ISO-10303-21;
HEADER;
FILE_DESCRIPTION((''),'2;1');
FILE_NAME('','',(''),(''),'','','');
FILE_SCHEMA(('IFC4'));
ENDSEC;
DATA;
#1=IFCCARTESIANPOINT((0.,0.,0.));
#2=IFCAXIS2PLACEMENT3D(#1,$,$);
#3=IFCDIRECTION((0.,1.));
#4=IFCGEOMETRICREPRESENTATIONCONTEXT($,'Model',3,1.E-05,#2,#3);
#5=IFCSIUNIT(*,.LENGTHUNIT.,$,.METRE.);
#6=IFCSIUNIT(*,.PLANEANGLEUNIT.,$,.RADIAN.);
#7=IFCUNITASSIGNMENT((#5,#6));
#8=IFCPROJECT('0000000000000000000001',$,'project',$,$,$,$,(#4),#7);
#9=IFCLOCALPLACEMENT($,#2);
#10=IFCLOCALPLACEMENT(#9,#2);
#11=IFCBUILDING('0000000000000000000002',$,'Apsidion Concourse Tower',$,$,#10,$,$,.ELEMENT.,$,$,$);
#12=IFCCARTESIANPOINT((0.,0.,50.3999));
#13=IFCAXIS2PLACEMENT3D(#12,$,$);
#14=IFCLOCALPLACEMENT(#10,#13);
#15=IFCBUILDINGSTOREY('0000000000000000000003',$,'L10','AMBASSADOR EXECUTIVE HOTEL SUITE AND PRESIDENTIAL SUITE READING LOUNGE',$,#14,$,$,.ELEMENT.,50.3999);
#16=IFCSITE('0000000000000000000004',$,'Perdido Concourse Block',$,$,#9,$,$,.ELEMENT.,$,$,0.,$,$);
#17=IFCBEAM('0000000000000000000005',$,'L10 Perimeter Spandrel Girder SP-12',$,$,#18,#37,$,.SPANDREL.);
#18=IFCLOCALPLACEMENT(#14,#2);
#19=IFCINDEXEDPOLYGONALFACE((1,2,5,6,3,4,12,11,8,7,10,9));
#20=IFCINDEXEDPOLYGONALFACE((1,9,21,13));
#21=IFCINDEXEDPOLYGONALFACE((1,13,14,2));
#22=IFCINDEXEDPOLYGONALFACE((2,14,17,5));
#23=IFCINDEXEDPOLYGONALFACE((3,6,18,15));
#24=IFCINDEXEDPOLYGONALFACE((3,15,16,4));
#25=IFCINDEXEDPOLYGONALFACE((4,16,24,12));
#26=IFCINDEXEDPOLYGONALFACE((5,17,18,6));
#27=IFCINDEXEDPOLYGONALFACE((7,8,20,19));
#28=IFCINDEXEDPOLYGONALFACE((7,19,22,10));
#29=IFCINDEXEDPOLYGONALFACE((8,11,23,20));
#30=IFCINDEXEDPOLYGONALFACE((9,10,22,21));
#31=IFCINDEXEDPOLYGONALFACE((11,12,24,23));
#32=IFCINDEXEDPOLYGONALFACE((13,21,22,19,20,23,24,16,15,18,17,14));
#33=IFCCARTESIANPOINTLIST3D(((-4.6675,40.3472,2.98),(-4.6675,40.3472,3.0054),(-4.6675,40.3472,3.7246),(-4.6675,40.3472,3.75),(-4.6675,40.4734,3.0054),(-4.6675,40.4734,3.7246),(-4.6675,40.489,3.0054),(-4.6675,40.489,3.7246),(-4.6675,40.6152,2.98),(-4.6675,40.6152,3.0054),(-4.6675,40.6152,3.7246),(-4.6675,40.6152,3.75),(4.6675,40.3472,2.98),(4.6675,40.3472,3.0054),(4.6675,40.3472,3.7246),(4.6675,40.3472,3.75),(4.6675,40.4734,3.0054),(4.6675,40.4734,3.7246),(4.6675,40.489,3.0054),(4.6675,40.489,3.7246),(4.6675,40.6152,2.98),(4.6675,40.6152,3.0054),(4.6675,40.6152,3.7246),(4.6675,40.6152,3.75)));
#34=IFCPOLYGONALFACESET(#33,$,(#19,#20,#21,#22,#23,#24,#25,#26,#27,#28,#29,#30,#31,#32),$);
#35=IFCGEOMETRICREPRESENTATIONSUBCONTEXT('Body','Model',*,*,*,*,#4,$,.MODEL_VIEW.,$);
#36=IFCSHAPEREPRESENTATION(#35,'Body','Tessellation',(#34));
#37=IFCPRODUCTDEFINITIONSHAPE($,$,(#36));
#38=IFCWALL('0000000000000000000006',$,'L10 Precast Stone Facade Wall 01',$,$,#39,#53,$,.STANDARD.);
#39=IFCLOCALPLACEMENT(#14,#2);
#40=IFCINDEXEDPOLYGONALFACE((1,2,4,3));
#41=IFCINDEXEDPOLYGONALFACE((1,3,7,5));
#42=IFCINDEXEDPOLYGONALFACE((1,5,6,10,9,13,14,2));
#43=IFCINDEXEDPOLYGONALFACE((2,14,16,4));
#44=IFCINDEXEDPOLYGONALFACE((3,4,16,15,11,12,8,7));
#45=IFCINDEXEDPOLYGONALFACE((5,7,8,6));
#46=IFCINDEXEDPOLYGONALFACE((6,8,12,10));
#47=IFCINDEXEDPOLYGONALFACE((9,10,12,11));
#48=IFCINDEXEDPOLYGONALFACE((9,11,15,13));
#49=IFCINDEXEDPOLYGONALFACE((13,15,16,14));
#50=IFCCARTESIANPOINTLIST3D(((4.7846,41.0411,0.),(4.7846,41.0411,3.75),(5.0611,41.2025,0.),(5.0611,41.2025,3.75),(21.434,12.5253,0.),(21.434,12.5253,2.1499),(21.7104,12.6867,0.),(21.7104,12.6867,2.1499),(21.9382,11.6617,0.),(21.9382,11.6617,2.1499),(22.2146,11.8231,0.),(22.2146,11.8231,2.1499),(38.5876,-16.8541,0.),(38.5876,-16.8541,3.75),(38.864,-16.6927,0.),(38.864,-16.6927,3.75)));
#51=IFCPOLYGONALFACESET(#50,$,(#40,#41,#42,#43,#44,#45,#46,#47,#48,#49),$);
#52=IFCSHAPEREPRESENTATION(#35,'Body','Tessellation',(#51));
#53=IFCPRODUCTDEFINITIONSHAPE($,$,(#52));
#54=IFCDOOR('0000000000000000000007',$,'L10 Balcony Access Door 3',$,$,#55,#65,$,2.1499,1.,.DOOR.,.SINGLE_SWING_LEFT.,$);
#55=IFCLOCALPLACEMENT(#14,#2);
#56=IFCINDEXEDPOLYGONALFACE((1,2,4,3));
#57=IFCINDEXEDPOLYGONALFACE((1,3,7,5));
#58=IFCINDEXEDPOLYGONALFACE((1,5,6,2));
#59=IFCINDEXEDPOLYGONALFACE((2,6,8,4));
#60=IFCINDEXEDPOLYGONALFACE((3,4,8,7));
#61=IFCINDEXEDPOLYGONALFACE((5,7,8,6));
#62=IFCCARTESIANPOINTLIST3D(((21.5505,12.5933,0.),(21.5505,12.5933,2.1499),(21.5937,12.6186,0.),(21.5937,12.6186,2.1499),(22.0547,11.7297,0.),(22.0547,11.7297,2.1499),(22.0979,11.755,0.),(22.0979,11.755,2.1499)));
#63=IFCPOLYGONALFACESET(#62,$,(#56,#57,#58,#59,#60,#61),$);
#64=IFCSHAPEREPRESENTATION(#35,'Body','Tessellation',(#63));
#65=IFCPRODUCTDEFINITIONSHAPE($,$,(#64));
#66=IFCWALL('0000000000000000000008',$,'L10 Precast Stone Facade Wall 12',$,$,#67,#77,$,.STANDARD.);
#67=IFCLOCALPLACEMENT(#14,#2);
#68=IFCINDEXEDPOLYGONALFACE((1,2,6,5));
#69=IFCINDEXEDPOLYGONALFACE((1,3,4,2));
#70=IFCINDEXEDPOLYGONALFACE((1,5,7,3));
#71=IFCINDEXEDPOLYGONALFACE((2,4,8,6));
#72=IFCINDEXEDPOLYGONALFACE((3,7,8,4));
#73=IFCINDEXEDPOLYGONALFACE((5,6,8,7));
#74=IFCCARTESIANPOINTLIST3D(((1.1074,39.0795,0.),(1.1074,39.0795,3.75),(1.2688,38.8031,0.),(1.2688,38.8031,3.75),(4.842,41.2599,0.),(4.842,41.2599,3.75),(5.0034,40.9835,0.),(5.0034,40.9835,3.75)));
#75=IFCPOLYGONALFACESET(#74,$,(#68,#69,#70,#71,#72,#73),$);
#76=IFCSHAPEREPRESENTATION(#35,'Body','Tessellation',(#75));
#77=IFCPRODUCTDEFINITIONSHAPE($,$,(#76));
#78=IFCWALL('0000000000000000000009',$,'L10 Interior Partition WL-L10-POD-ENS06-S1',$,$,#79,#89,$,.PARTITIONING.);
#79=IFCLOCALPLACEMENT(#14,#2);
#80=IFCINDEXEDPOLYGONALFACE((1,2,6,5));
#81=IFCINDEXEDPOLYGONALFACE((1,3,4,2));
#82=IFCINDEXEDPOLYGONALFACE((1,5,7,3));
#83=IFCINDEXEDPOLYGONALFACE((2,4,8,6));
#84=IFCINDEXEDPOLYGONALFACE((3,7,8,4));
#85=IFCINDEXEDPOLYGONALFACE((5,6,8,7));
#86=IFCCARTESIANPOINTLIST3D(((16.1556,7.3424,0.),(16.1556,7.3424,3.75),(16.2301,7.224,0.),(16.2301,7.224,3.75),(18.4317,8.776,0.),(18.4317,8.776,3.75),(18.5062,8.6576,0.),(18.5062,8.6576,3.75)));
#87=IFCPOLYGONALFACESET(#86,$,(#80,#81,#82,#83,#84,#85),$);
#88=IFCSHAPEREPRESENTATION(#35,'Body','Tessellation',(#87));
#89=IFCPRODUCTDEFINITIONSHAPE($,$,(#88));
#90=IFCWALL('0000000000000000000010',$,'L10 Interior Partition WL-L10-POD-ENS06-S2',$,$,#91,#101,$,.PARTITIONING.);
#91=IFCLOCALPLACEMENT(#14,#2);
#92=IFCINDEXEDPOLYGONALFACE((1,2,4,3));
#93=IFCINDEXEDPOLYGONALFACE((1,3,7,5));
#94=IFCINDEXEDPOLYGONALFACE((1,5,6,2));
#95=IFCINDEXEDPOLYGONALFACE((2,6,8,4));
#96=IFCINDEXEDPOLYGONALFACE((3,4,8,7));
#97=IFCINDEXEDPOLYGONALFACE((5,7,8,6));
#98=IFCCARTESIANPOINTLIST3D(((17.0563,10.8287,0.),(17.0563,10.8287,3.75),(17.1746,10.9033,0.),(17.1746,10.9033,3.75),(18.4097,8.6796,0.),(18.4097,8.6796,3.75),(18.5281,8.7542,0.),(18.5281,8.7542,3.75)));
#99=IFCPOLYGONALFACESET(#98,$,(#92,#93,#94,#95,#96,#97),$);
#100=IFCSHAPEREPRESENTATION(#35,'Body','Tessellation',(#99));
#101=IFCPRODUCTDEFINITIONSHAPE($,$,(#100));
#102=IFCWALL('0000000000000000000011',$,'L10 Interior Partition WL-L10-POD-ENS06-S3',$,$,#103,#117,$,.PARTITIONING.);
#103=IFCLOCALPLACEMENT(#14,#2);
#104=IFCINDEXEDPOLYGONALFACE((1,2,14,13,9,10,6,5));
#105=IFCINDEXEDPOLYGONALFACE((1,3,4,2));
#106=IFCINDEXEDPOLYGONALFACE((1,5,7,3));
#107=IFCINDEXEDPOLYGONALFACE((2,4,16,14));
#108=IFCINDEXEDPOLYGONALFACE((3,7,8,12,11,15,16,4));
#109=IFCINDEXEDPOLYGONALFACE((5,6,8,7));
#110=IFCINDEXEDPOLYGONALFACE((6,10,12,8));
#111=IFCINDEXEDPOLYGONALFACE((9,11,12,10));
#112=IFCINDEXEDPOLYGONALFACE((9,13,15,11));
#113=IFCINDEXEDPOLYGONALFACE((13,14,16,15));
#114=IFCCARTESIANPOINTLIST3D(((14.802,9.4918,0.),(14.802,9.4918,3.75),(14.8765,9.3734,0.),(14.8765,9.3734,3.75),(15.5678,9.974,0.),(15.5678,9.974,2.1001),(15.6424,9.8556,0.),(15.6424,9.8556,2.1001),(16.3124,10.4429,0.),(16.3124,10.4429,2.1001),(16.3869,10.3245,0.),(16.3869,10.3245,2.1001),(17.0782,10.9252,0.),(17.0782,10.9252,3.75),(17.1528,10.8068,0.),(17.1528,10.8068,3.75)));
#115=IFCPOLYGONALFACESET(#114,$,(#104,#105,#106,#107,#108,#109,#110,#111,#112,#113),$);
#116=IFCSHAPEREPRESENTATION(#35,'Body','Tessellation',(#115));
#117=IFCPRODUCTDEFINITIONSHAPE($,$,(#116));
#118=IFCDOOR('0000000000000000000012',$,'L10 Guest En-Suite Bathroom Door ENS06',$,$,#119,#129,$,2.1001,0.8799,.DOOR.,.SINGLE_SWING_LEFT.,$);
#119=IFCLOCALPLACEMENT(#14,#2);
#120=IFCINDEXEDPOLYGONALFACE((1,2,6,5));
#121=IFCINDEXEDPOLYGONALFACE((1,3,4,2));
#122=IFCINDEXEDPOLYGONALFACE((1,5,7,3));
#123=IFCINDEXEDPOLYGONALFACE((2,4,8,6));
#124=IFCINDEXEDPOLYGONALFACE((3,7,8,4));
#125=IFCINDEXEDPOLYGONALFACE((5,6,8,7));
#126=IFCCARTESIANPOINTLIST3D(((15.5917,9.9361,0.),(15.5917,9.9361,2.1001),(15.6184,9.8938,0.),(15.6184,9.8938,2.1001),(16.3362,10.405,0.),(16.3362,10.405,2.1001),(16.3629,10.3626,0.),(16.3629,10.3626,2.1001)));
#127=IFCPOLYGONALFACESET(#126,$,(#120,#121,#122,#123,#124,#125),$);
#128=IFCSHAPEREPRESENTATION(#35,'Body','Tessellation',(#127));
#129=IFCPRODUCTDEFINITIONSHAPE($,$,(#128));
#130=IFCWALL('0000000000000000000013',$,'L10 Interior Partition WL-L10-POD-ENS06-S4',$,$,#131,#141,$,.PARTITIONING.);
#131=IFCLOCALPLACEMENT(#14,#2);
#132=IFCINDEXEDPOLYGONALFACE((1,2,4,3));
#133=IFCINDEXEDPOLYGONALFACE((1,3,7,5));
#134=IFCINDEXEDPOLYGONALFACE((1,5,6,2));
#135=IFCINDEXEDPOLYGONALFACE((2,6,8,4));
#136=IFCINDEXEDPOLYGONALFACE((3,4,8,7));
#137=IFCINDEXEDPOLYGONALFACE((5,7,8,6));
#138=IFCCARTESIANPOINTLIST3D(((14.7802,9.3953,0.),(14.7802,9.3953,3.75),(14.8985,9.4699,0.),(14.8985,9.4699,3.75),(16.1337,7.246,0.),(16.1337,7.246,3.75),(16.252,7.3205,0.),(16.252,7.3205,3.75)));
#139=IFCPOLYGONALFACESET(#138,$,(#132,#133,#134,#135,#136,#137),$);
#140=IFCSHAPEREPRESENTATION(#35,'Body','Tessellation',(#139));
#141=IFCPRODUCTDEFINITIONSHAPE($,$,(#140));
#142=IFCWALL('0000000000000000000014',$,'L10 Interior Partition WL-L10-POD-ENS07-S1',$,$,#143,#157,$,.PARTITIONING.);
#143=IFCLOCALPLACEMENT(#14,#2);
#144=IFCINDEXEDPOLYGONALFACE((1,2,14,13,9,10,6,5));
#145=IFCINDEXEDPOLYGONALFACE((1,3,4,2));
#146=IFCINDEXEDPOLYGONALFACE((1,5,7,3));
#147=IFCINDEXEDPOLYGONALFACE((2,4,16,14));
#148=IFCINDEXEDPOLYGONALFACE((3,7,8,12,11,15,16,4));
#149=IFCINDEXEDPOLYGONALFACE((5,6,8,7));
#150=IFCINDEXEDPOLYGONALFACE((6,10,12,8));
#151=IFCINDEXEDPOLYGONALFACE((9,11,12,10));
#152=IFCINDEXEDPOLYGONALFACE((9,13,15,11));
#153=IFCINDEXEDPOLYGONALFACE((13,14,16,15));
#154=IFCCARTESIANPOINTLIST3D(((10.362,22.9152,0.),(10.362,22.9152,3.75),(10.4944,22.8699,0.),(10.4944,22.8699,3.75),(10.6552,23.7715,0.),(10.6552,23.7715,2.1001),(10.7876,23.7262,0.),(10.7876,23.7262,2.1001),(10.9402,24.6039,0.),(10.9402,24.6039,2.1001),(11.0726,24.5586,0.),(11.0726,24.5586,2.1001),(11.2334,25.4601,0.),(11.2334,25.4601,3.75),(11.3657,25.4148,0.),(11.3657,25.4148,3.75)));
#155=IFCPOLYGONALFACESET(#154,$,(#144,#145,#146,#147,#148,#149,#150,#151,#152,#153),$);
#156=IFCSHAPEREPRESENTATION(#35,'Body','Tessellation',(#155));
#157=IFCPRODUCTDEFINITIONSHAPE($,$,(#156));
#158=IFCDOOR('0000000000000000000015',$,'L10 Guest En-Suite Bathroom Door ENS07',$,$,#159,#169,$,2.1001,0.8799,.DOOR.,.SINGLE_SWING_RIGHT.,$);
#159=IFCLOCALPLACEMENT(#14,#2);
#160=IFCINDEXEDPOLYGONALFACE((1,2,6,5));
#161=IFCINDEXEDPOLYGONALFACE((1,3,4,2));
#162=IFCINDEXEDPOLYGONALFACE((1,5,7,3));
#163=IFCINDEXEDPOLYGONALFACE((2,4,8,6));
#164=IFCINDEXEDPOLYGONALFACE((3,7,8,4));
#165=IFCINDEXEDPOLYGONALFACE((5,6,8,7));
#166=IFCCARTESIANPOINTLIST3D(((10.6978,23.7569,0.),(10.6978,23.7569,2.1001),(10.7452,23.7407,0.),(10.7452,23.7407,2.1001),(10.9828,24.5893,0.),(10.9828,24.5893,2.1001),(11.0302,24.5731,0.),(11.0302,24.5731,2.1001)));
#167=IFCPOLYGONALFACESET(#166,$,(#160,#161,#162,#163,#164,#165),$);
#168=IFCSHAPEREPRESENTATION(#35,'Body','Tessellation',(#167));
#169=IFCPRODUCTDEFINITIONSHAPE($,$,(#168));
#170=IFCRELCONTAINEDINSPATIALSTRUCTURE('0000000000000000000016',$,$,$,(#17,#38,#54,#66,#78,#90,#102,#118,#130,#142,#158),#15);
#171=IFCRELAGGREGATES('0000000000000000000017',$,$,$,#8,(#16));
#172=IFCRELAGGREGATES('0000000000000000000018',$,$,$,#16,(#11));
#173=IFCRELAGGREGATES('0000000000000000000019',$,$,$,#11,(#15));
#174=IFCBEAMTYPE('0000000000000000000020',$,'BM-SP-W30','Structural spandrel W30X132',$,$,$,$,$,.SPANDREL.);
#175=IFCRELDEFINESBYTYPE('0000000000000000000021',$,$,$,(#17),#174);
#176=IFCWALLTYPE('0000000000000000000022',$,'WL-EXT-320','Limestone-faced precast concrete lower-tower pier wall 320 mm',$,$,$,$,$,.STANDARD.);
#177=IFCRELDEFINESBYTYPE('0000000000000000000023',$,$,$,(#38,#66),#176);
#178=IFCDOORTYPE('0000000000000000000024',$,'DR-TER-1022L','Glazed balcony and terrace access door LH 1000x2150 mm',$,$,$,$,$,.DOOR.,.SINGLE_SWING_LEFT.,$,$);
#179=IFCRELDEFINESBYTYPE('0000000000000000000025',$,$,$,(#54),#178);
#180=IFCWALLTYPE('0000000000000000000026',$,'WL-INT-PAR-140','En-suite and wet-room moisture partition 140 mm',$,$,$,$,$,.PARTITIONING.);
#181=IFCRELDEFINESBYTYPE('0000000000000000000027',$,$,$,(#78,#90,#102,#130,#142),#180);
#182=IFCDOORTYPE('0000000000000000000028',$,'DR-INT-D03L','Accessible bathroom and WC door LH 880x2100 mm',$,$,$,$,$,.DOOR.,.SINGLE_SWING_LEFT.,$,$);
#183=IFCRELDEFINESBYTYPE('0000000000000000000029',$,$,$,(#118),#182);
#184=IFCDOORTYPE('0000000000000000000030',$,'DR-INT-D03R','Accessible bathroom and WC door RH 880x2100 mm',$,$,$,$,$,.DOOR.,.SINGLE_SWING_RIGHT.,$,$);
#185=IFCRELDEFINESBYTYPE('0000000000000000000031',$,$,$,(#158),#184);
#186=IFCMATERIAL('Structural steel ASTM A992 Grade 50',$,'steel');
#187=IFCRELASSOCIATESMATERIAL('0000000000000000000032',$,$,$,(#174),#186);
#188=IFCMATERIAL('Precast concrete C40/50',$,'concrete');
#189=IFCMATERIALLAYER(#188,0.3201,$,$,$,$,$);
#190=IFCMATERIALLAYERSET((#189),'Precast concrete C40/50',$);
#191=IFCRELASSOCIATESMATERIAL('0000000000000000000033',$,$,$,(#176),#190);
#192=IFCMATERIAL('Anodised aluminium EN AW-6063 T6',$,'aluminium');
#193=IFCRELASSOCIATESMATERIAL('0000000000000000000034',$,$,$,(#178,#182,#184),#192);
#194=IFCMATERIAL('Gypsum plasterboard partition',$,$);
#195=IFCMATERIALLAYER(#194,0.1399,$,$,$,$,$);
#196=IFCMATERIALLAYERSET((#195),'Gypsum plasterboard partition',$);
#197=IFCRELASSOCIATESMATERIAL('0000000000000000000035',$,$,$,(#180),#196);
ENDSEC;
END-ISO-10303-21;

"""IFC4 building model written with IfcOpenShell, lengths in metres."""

from ifc_helpers import new_model, si_unit, direction, frame, frame_2d, origin, origin_2d, place, context, subcontext, project, spatial, rectangle, i_section, extrude, material, layer, layer_set, material_profile, profile_set, type_object, element, fill, save


model = new_model("IFC4")

# Units and contexts
model_context = context("Model", 3, precision=1e-05, world=origin(), true_north=direction((0.0, 1.0)))
body_context = subcontext(model_context, "Body", "Model", "MODEL_VIEW")
ifc_project = project(units=[si_unit("LENGTHUNIT", "METRE"), si_unit("PLANEANGLEUNIT", "RADIAN")], contexts=[model_context])

# Site, building, storey
site_placement = place(None, origin())
site = spatial("IfcSite", under=ifc_project, at=site_placement, Name="Perdido Concourse Block", CompositionType="ELEMENT", RefElevation=0.0)
building_placement = place(site_placement, origin())
building = spatial("IfcBuilding", under=site, at=building_placement, Name="Apsidion Concourse Tower", CompositionType="ELEMENT")
storey_placement = place(building_placement, frame((0.0, 0.0, 50.3999)))
storey = spatial("IfcBuildingStorey", under=building, at=storey_placement, Name="L10", Description="AMBASSADOR EXECUTIVE HOTEL SUITE AND PRESIDENTIAL SUITE READING LOUNGE", CompositionType="ELEMENT", Elevation=50.3999)

# Beam
ifc_material_1 = material(Name="Structural steel ASTM A992 Grade 50", Category="steel")
ifc_material_profile_1 = material_profile(ifc_material_1, i_section(OverallWidth=0.2681, OverallDepth=0.77, WebThickness=0.0156, FlangeThickness=0.0254, at=origin_2d()), Name="W30X132")
ifc_profile_set_1 = profile_set([ifc_material_profile_1], Name="Structural steel ASTM A992 Grade 50")
beam_type_1 = type_object("IfcBeamType", Name="BM-SP-W30", Description="Structural spandrel W30X132", PredefinedType="SPANDREL", material=ifc_profile_set_1)
beam_1_placement = place(storey_placement, frame((4.6675, 40.4812, 3.365), z_axis=(-1.0, 0.0, 0.0), x_axis=(0.0, -1.0, 0.0)))
element("IfcBeam", 1, at=beam_1_placement, inside=storey, type_object=beam_type_1, Name="L10 Perimeter Spandrel Girder SP-12", PredefinedType="SPANDREL", context=body_context, shape_type="SweptSolid", body=[
    extrude(i_section(OverallWidth=0.2681, OverallDepth=0.77, WebThickness=0.0156, FlangeThickness=0.0254, at=origin_2d()), origin(), (0.0, 0.0, 1.0), 9.335),
])

# Wall, opening, door
ifc_material_2 = material(Name="Precast concrete C40/50", Category="concrete")
ifc_layer_1 = layer(ifc_material_2, 0.3201)
ifc_layer_set_1 = layer_set([ifc_layer_1], Name="Precast concrete C40/50")
wall_type_1 = type_object("IfcWallType", Name="WL-EXT-320", Description="Limestone-faced precast concrete lower-tower pier wall 320 mm", PredefinedType="STANDARD", material=ifc_layer_set_1)
wall_1_placement = place(storey_placement, frame((4.9229, 41.1218, 0.0), z_axis=(0.0, 0.0, 1.0), x_axis=(0.504213, -0.863579, 0.0)))
wall_1 = element("IfcWall", 2, at=wall_1_placement, inside=storey, type_object=wall_type_1, Name="L10 Precast Stone Facade Wall 01", PredefinedType="STANDARD", context=body_context, shape_type="SweptSolid", body=[
    extrude(rectangle(XDim=67.041, YDim=0.3201, at=frame_2d((33.5205, 0.0))), origin(), (0.0, 0.0, 1.0), 3.75),
])
opening_1_placement = place(wall_1_placement, frame((33.0205, 0.0, 0.0)))
opening_1 = element("IfcOpeningElement", 3, at=opening_1_placement, cuts=wall_1, PredefinedType="OPENING", context=body_context, shape_type="SweptSolid", body=[
    extrude(rectangle(XDim=1.0, YDim=2.1499, at=frame_2d((0.5, 1.075))), frame((0.0, 0.1699, 0.0), z_axis=(0.0, -1.0, 0.0), x_axis=(1.0, 0.0, 0.0)), (0.0, 0.0, 1.0), 0.3401),
])
ifc_material_3 = material(Name="Anodised aluminium EN AW-6063 T6", Category="aluminium")
door_type_1 = type_object("IfcDoorType", Name="DR-TER-1022L", Description="Glazed balcony and terrace access door LH 1000x2150 mm", OperationType="SINGLE_SWING_LEFT", PredefinedType="DOOR", material=ifc_material_3)
door_1_placement = place(opening_1_placement, origin())
door_1 = element("IfcDoor", 4, at=door_1_placement, inside=storey, type_object=door_type_1, Name="L10 Balcony Access Door 3", OperationType="SINGLE_SWING_LEFT", OverallHeight=2.1499, OverallWidth=1.0, PredefinedType="DOOR", context=body_context, shape_type="SweptSolid", body=[
    extrude(rectangle(XDim=1.0, YDim=2.1499, at=frame_2d((0.5, 1.075))), frame((0.0, 0.0249, 0.0), z_axis=(0.0, -1.0, 0.0), x_axis=(1.0, 0.0, 0.0)), (0.0, 0.0, 1.0), 0.05),
])
fill(opening_1, door_1)

# Walls
wall_2_placement = place(storey_placement, frame((1.1882, 38.9414, 0.0), z_axis=(0.0, 0.0, 1.0), x_axis=(0.863588, 0.504197, 0.0)))
element("IfcWall", 5, at=wall_2_placement, inside=storey, type_object=wall_type_1, Name="L10 Precast Stone Facade Wall 12", PredefinedType="STANDARD", context=body_context, shape_type="SweptSolid", body=[
    extrude(rectangle(XDim=4.3245, YDim=0.3201, at=frame_2d((2.1621, 0.0))), origin(), (0.0, 0.0, 1.0), 3.75),
])
ifc_material_4 = material(Name="Gypsum plasterboard partition")
ifc_layer_2 = layer(ifc_material_4, 0.1399)
ifc_layer_set_2 = layer_set([ifc_layer_2], Name="Gypsum plasterboard partition")
wall_type_2 = type_object("IfcWallType", Name="WL-INT-PAR-140", Description="En-suite and wet-room moisture partition 140 mm", PredefinedType="PARTITIONING", material=ifc_layer_set_2)
wall_3_placement = place(storey_placement, frame((16.1929, 7.2832, 0.0), z_axis=(0.0, 0.0, 1.0), x_axis=(0.846153, 0.532941, 0.0)))
element("IfcWall", 6, at=wall_3_placement, inside=storey, type_object=wall_type_2, Name="L10 Interior Partition WL-L10-POD-ENS06-S1", PredefinedType="PARTITIONING", context=body_context, shape_type="SweptSolid", body=[
    extrude(rectangle(XDim=2.6899, YDim=0.1399, at=frame_2d((1.345, 0.0))), origin(), (0.0, 0.0, 1.0), 3.75),
])
wall_4_placement = place(storey_placement, frame((18.469, 8.7168, 0.0), z_axis=(0.0, 0.0, 1.0), x_axis=(-0.532908, 0.846173, 0.0)))
element("IfcWall", 7, at=wall_4_placement, inside=storey, type_object=wall_type_2, Name="L10 Interior Partition WL-L10-POD-ENS06-S2", PredefinedType="PARTITIONING", context=body_context, shape_type="SweptSolid", body=[
    extrude(rectangle(XDim=2.5398, YDim=0.1399, at=frame_2d((1.27, 0.0))), origin(), (0.0, 0.0, 1.0), 3.75),
])

# Wall, opening, door
wall_5_placement = place(storey_placement, frame((17.1155, 10.866, 0.0), z_axis=(0.0, 0.0, 1.0), x_axis=(-0.846193, -0.532876, 0.0)))
wall_5 = element("IfcWall", 8, at=wall_5_placement, inside=storey, type_object=wall_type_2, Name="L10 Interior Partition WL-L10-POD-ENS06-S3", PredefinedType="PARTITIONING", context=body_context, shape_type="SweptSolid", body=[
    extrude(rectangle(XDim=2.6899, YDim=0.1399, at=frame_2d((1.345, 0.0))), origin(), (0.0, 0.0, 1.0), 3.75),
])
opening_2_placement = place(wall_5_placement, frame((0.905, 0.0, 0.0)))
opening_2 = element("IfcOpeningElement", 9, at=opening_2_placement, cuts=wall_5, PredefinedType="OPENING", context=body_context, shape_type="SweptSolid", body=[
    extrude(rectangle(XDim=0.8799, YDim=2.1001, at=frame_2d((0.4399, 1.05))), frame((0.0, 0.0801, 0.0), z_axis=(0.0, -1.0, 0.0), x_axis=(1.0, 0.0, 0.0)), (0.0, 0.0, 1.0), 0.1599),
])
door_type_2 = type_object("IfcDoorType", Name="DR-INT-D03L", Description="Accessible bathroom and WC door LH 880x2100 mm", OperationType="SINGLE_SWING_LEFT", PredefinedType="DOOR", material=ifc_material_3)
door_2_placement = place(opening_2_placement, origin())
door_2 = element("IfcDoor", 10, at=door_2_placement, inside=storey, type_object=door_type_2, Name="L10 Guest En-Suite Bathroom Door ENS06", OperationType="SINGLE_SWING_LEFT", OverallHeight=2.1001, OverallWidth=0.8799, PredefinedType="DOOR", context=body_context, shape_type="SweptSolid", body=[
    extrude(rectangle(XDim=0.8799, YDim=2.1001, at=frame_2d((0.4399, 1.05))), frame((0.0, 0.0249, 0.0), z_axis=(0.0, -1.0, 0.0), x_axis=(1.0, 0.0, 0.0)), (0.0, 0.0, 1.0), 0.05),
])
fill(opening_2, door_2)

# Wall
wall_6_placement = place(storey_placement, frame((14.8394, 9.4326, 0.0), z_axis=(0.0, 0.0, 1.0), x_axis=(0.532864, -0.846201, 0.0)))
element("IfcWall", 11, at=wall_6_placement, inside=storey, type_object=wall_type_2, Name="L10 Interior Partition WL-L10-POD-ENS06-S4", PredefinedType="PARTITIONING", context=body_context, shape_type="SweptSolid", body=[
    extrude(rectangle(XDim=2.54, YDim=0.1399, at=frame_2d((1.27, 0.0))), origin(), (0.0, 0.0, 1.0), 3.75),
])

# Wall, opening, door
wall_7_placement = place(storey_placement, frame((10.4282, 22.8926, 0.0), z_axis=(0.0, 0.0, 1.0), x_axis=(0.323923, 0.946083, 0.0)))
wall_7 = element("IfcWall", 12, at=wall_7_placement, inside=storey, type_object=wall_type_2, Name="L10 Interior Partition WL-L10-POD-ENS07-S1", PredefinedType="PARTITIONING", context=body_context, shape_type="SweptSolid", body=[
    extrude(rectangle(XDim=2.6899, YDim=0.1399, at=frame_2d((1.345, 0.0))), origin(), (0.0, 0.0, 1.0), 3.75),
])
opening_3_placement = place(wall_7_placement, frame((0.905, 0.0, 0.0)))
opening_3 = element("IfcOpeningElement", 13, at=opening_3_placement, cuts=wall_7, PredefinedType="OPENING", context=body_context, shape_type="SweptSolid", body=[
    extrude(rectangle(XDim=0.8799, YDim=2.1001, at=frame_2d((0.4399, 1.05))), frame((0.0, 0.0801, 0.0), z_axis=(0.0, -1.0, 0.0), x_axis=(1.0, 0.0, 0.0)), (0.0, 0.0, 1.0), 0.1599),
])
door_type_3 = type_object("IfcDoorType", Name="DR-INT-D03R", Description="Accessible bathroom and WC door RH 880x2100 mm", OperationType="SINGLE_SWING_RIGHT", PredefinedType="DOOR", material=ifc_material_3)
door_3_placement = place(opening_3_placement, origin())
door_3 = element("IfcDoor", 14, at=door_3_placement, inside=storey, type_object=door_type_3, Name="L10 Guest En-Suite Bathroom Door ENS07", OperationType="SINGLE_SWING_RIGHT", OverallHeight=2.1001, OverallWidth=0.8799, PredefinedType="DOOR", context=body_context, shape_type="SweptSolid", body=[
    extrude(rectangle(XDim=0.8799, YDim=2.1001, at=frame_2d((0.4399, 1.05))), frame((0.0, 0.0249, 0.0), z_axis=(0.0, -1.0, 0.0), x_axis=(1.0, 0.0, 0.0)), (0.0, 0.0, 1.0), 0.05),
])
fill(opening_3, door_3)

save(model, "model.ifc")
